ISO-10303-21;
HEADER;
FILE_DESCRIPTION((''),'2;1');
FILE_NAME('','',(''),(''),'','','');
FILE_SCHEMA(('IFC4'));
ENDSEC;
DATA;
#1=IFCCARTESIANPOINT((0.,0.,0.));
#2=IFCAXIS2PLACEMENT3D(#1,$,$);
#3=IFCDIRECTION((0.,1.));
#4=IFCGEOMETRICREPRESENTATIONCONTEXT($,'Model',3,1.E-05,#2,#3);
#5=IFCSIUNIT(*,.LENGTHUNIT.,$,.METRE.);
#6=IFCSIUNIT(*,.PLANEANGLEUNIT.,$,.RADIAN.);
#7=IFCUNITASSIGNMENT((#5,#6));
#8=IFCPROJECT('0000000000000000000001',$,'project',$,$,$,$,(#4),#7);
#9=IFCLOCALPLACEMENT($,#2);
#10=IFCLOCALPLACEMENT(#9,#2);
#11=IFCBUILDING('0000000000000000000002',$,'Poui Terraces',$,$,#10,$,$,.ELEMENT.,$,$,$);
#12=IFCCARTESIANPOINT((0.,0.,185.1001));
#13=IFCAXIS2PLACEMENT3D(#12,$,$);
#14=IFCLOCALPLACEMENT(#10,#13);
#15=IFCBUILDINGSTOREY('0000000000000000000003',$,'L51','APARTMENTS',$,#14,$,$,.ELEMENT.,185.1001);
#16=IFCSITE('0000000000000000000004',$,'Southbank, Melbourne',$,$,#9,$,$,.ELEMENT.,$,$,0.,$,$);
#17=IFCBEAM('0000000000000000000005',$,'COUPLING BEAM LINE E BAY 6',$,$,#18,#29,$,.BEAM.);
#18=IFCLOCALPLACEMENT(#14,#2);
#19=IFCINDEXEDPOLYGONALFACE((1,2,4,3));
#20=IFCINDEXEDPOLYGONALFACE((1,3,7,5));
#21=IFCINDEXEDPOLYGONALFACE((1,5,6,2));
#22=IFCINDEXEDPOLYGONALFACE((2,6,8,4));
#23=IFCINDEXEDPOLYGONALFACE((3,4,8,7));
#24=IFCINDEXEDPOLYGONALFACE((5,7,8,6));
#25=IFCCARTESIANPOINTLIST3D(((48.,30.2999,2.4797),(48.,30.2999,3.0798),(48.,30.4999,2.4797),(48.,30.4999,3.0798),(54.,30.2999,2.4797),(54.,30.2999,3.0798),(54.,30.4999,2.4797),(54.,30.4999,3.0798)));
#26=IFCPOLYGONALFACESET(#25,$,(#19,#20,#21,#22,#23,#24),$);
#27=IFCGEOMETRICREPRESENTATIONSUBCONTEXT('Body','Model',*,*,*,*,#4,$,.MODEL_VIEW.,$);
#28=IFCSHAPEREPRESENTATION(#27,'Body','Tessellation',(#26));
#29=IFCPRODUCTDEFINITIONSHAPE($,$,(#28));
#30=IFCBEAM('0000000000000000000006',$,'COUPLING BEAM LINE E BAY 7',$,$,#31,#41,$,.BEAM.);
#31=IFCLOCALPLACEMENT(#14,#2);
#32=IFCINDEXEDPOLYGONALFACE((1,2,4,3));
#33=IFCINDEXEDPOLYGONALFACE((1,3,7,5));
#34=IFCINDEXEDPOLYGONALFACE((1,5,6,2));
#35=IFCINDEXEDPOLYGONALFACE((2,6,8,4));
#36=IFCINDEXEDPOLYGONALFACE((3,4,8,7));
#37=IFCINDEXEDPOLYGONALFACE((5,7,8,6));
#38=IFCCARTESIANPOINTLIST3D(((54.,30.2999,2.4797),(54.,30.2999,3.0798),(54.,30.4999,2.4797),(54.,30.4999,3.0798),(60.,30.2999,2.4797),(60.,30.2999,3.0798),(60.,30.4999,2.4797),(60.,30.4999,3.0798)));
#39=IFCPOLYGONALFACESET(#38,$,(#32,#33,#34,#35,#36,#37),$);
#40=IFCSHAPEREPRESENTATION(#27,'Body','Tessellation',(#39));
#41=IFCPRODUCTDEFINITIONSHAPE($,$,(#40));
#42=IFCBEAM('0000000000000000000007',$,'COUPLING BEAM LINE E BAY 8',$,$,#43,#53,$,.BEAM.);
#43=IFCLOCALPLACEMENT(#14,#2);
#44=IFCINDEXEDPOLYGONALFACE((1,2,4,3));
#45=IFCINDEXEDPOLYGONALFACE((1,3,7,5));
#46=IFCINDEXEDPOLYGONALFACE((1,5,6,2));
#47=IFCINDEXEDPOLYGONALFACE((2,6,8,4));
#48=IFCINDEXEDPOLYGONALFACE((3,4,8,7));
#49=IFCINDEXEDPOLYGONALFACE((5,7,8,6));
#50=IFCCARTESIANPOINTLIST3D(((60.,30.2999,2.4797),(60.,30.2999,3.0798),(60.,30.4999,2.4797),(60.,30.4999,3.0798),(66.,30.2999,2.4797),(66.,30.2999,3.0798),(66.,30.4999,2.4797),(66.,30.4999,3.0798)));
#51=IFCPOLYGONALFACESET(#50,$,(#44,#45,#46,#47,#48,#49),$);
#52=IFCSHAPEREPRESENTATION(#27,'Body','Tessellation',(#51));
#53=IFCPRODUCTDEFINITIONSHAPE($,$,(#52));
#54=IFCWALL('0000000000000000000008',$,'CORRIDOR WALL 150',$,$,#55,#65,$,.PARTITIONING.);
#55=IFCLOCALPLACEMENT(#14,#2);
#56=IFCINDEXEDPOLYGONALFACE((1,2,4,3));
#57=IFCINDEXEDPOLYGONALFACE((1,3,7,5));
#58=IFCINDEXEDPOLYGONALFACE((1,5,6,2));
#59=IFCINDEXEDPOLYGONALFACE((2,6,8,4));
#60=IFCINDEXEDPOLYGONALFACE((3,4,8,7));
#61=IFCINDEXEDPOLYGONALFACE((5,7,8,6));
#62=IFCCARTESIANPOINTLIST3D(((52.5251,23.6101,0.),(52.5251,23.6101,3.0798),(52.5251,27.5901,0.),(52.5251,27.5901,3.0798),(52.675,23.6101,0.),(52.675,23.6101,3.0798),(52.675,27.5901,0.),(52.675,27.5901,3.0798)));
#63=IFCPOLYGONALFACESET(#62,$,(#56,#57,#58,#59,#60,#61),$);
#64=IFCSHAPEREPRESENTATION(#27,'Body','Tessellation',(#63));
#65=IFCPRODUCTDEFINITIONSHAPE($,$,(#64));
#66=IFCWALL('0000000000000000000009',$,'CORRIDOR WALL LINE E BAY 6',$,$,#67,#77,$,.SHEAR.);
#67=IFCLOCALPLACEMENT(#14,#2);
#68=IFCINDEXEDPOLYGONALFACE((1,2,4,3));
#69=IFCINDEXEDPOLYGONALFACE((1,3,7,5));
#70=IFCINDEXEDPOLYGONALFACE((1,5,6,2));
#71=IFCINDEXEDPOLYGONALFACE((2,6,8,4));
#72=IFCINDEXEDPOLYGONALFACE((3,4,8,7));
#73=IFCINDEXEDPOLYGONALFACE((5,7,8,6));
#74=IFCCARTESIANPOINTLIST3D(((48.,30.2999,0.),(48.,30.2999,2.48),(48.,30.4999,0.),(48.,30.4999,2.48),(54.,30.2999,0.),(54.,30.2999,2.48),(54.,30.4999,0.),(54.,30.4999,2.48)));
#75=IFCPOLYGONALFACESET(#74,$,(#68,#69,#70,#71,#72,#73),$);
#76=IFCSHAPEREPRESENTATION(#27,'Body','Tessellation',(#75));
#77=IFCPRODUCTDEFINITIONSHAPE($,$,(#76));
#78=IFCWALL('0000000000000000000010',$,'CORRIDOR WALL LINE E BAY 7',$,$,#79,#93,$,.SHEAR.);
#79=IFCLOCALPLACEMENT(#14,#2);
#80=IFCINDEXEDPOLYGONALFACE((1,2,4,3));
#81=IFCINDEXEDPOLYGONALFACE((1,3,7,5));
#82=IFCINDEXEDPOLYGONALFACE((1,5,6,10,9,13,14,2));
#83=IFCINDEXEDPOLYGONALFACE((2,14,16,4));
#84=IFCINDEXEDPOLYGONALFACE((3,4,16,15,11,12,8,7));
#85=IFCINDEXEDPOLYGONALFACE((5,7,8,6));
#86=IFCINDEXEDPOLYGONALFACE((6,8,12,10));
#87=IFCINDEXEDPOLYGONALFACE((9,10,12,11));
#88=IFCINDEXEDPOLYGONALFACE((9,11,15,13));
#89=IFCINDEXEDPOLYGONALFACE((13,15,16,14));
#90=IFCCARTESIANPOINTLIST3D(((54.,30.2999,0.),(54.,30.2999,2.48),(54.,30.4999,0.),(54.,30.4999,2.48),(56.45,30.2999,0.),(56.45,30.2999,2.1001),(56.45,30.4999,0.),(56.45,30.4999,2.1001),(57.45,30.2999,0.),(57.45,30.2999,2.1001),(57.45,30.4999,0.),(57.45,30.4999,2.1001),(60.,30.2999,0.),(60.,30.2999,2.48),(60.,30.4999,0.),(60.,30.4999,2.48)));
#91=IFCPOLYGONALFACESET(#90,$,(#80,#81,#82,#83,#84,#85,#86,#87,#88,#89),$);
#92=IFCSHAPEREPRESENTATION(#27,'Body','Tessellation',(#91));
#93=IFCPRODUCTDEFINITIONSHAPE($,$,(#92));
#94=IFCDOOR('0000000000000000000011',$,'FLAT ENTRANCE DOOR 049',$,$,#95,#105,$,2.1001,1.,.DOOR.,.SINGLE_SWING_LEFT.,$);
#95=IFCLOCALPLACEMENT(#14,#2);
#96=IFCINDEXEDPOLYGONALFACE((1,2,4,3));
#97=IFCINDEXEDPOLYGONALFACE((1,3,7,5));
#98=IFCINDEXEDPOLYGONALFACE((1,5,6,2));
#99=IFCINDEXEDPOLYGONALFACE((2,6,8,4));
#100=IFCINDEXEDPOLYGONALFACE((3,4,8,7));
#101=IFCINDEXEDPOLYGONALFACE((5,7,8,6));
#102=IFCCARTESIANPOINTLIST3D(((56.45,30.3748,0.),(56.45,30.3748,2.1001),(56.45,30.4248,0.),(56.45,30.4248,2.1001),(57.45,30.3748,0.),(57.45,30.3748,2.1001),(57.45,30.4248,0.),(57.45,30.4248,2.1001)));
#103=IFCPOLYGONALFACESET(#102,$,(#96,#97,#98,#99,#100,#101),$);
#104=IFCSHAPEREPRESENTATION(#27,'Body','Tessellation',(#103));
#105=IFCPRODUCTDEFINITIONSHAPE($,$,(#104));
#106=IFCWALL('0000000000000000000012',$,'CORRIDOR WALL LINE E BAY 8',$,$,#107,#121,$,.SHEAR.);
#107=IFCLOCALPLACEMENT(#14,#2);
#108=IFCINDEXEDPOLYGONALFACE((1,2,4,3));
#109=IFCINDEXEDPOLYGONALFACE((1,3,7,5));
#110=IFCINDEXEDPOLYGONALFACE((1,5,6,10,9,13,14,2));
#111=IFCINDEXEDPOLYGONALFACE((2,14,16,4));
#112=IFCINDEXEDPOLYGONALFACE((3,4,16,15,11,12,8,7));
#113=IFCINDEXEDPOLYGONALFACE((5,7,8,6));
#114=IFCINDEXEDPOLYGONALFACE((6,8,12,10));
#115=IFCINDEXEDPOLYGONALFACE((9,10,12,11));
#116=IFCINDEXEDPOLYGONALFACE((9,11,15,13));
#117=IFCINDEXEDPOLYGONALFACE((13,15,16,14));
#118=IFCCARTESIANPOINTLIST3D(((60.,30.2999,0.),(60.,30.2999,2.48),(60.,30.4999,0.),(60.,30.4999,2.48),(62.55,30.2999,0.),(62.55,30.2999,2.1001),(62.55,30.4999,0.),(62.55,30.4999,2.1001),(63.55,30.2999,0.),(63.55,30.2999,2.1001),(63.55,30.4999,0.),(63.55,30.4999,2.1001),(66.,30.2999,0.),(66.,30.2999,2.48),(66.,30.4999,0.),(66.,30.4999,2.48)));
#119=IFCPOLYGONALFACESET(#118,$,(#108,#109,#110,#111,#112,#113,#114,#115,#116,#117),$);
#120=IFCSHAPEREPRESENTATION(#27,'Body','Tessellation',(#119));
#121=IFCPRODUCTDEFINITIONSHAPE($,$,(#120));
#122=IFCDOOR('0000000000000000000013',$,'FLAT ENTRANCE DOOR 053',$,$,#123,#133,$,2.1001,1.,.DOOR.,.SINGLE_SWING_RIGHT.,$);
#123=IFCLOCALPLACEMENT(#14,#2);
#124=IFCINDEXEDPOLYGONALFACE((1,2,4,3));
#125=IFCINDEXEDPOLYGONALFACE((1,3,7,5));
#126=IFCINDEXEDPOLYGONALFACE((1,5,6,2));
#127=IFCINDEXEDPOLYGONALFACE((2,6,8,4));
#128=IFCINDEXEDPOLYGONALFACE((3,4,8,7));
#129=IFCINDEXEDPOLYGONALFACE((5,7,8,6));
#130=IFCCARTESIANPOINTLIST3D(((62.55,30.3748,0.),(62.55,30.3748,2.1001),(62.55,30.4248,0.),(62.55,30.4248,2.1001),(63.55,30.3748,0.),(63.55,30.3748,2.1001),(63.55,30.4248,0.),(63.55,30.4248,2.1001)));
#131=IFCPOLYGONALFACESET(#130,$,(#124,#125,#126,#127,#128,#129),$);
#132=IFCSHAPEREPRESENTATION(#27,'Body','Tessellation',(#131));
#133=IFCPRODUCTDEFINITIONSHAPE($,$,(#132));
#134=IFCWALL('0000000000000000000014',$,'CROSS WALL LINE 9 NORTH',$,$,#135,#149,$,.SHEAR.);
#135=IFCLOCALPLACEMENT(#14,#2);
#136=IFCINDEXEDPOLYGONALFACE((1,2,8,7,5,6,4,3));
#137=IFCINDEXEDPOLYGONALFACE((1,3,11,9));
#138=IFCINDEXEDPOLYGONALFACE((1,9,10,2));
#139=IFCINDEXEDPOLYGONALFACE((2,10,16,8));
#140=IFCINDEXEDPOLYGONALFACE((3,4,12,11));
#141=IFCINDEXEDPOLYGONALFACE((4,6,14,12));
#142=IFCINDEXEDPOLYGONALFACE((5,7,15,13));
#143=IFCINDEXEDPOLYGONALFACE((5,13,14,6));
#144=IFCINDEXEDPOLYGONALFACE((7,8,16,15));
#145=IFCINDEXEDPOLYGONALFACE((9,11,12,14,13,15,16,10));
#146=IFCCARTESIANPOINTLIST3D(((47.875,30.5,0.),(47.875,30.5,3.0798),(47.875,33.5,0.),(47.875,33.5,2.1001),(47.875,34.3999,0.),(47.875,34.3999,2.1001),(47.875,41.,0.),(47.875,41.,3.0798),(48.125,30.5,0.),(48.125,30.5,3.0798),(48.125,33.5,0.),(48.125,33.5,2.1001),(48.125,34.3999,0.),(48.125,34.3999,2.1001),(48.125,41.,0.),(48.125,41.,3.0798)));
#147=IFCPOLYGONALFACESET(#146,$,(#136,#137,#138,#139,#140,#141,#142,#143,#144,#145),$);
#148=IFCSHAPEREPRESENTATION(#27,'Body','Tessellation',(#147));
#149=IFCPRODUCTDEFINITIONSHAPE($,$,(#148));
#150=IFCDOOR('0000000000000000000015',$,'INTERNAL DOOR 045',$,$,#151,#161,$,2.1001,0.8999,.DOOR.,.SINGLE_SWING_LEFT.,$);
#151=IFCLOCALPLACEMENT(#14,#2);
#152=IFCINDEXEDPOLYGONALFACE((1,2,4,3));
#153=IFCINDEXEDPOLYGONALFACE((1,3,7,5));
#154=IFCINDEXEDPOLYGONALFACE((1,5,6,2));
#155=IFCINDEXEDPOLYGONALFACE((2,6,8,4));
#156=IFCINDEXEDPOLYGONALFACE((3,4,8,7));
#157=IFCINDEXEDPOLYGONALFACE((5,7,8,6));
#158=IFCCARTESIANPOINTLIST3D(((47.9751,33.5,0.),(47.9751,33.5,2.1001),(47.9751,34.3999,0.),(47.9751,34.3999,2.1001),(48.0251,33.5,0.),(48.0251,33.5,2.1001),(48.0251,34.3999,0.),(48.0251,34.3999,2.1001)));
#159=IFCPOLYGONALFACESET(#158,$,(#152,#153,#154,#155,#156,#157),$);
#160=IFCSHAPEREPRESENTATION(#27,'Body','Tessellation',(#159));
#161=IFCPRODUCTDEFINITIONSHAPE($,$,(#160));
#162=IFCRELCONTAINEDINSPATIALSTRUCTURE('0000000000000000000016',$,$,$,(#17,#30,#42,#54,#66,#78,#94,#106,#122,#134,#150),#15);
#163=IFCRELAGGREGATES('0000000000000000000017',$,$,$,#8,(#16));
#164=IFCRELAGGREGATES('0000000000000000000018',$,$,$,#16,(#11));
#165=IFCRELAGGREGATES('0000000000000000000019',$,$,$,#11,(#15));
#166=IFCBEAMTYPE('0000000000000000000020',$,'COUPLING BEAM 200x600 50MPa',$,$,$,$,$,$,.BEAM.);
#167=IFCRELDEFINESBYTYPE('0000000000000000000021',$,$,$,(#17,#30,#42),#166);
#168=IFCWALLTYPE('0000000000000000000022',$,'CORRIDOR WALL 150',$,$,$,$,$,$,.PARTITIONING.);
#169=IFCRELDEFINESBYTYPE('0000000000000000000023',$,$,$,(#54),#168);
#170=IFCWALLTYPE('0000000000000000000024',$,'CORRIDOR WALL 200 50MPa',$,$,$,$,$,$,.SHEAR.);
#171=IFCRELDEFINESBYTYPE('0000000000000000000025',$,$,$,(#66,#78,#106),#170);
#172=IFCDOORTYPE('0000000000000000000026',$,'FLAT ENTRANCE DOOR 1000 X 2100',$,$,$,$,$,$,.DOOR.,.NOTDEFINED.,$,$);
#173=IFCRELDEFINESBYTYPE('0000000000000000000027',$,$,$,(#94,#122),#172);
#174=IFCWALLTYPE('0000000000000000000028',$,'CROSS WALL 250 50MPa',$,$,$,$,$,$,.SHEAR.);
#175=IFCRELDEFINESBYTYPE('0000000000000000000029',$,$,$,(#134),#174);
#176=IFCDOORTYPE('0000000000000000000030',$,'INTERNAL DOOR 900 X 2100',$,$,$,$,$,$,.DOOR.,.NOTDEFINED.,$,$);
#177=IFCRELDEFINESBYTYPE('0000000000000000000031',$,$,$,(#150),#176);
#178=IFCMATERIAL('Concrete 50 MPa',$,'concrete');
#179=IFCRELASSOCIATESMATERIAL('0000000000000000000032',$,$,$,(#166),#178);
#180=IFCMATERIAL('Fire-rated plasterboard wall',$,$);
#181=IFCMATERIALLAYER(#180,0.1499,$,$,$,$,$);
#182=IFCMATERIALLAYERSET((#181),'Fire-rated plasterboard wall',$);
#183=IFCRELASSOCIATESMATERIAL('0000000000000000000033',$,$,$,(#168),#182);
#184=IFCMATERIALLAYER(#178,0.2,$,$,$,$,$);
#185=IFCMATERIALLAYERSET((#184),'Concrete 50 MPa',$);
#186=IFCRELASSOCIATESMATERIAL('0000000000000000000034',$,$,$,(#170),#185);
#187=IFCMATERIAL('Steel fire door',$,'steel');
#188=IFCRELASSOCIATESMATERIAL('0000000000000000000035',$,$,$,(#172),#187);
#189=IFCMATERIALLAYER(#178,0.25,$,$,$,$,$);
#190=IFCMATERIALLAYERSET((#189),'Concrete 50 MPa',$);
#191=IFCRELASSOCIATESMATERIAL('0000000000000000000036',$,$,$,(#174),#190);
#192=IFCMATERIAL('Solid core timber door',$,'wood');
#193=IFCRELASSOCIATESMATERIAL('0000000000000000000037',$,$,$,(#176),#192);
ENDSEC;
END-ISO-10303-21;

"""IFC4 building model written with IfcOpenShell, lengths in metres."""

from ifc_helpers import new_model, si_unit, direction, frame, frame_2d, origin, origin_2d, place, context, subcontext, project, spatial, rectangle, extrude, source, transform, mapped, material, layer, layer_set, material_profile, profile_set, type_object, element, fill, save


model = new_model("IFC4")

# Units and contexts
model_context = context("Model", 3, precision=1e-05, world=origin(), true_north=direction((0.0, 1.0)))
body_context = subcontext(model_context, "Body", "Model", "MODEL_VIEW")
ifc_project = project(units=[si_unit("LENGTHUNIT", "METRE"), si_unit("PLANEANGLEUNIT", "RADIAN")], contexts=[model_context])

# Site, building, storey
site_placement = place(None, origin())
site = spatial("IfcSite", under=ifc_project, at=site_placement, Name="Southbank, Melbourne", CompositionType="ELEMENT", RefElevation=0.0)
building_placement = place(site_placement, origin())
building = spatial("IfcBuilding", under=site, at=building_placement, Name="Poui Terraces", CompositionType="ELEMENT")
storey_placement = place(building_placement, frame((0.0, 0.0, 185.1001)))
storey = spatial("IfcBuildingStorey", under=building, at=storey_placement, Name="L51", Description="APARTMENTS", CompositionType="ELEMENT", Elevation=185.1001)

# Beams
ifc_material_1 = material(Name="Concrete 50 MPa", Category="concrete")
ifc_material_profile = material_profile(ifc_material_1, rectangle(XDim=0.2, YDim=0.6001, at=origin_2d()), Name="RC 200x600")
ifc_profile_set = profile_set([ifc_material_profile], Name="Concrete 50 MPa")
beam_type = type_object("IfcBeamType", Name="COUPLING BEAM 200x600 50MPa", PredefinedType="BEAM", material=ifc_profile_set)
shared_shape = source(origin(), body_context, "Body", "SweptSolid", [
    extrude(rectangle(XDim=0.2, YDim=0.6001, at=origin_2d()), origin(), (0.0, 0.0, 1.0), 6.0),
])
for number, where, z_axis, x_axis, name in (
    (1, (48.0, 30.3999, 2.7798), (1.0, 0.0, 0.0), (0.0, 1.0, 0.0), "COUPLING BEAM LINE E BAY 6"),
    (2, (54.0, 30.3999, 2.7798), (1.0, 0.0, 0.0), (0.0, 1.0, 0.0), "COUPLING BEAM LINE E BAY 7"),
    (3, (60.0, 30.3999, 2.7798), (1.0, 0.0, 0.0), (0.0, 1.0, 0.0), "COUPLING BEAM LINE E BAY 8"),
):
    element("IfcBeam", number, at=place(storey_placement, frame(where, z_axis=z_axis, x_axis=x_axis)), inside=storey, type_object=beam_type, Name=name, PredefinedType="BEAM", context=body_context, shape_type="MappedRepresentation", body=[
        mapped(shared_shape, transform((0.0, 0.0, 0.0))),
    ])

# Walls
ifc_material_2 = material(Name="Fire-rated plasterboard wall")
ifc_layer_1 = layer(ifc_material_2, 0.1499)
ifc_layer_set_1 = layer_set([ifc_layer_1], Name="Fire-rated plasterboard wall")
wall_type_1 = type_object("IfcWallType", Name="CORRIDOR WALL 150", PredefinedType="PARTITIONING", material=ifc_layer_set_1)
wall_1_placement = place(storey_placement, frame((52.6001, 23.6101, 0.0), z_axis=(0.0, 0.0, 1.0), x_axis=(0.0, 1.0, 0.0)))
element("IfcWall", 4, at=wall_1_placement, inside=storey, type_object=wall_type_1, Name="CORRIDOR WALL 150", PredefinedType="PARTITIONING", context=body_context, shape_type="SweptSolid", body=[
    extrude(rectangle(XDim=3.98, YDim=0.1499, at=frame_2d((1.99, 0.0))), origin(), (0.0, 0.0, 1.0), 3.0798),
])
ifc_layer_2 = layer(ifc_material_1, 0.2)
ifc_layer_set_2 = layer_set([ifc_layer_2], Name="Concrete 50 MPa")
wall_type_2 = type_object("IfcWallType", Name="CORRIDOR WALL 200 50MPa", PredefinedType="SHEAR", material=ifc_layer_set_2)
wall_2_placement = place(storey_placement, frame((48.0, 30.3999, 0.0), z_axis=(0.0, 0.0, 1.0), x_axis=(1.0, 0.0, 0.0)))
element("IfcWall", 5, at=wall_2_placement, inside=storey, type_object=wall_type_2, Name="CORRIDOR WALL LINE E BAY 6", PredefinedType="SHEAR", context=body_context, shape_type="SweptSolid", body=[
    extrude(rectangle(XDim=6.0, YDim=0.2, at=frame_2d((3.0, 0.0))), origin(), (0.0, 0.0, 1.0), 2.48),
])

# Walls, openings, doors
wall_3_placement = place(storey_placement, frame((54.0, 30.3999, 0.0), z_axis=(0.0, 0.0, 1.0), x_axis=(1.0, 0.0, 0.0)))
wall_3 = element("IfcWall", 6, at=wall_3_placement, inside=storey, type_object=wall_type_2, Name="CORRIDOR WALL LINE E BAY 7", PredefinedType="SHEAR", context=body_context, shape_type="SweptSolid", body=[
    extrude(rectangle(XDim=6.0, YDim=0.2, at=frame_2d((3.0, 0.0))), origin(), (0.0, 0.0, 1.0), 2.48),
])
opening_1_placement = place(wall_3_placement, frame((2.45, 0.0, 0.0)))
opening_1 = element("IfcOpeningElement", 7, at=opening_1_placement, cuts=wall_3, PredefinedType="OPENING", context=body_context, shape_type="SweptSolid", body=[
    extrude(rectangle(XDim=1.0, YDim=2.1001, at=frame_2d((0.5, 1.05))), frame((0.0, 0.1099, 0.0), z_axis=(0.0, -1.0, 0.0), x_axis=(1.0, 0.0, 0.0)), (0.0, 0.0, 1.0), 0.22),
])
ifc_material_3 = material(Name="Steel fire door", Category="steel")
door_type_1 = type_object("IfcDoorType", Name="FLAT ENTRANCE DOOR 1000 X 2100", OperationType="NOTDEFINED", PredefinedType="DOOR", material=ifc_material_3)
door_1_placement = place(opening_1_placement, origin())
door_1 = element("IfcDoor", 8, at=door_1_placement, inside=storey, type_object=door_type_1, Name="FLAT ENTRANCE DOOR 049", OperationType="SINGLE_SWING_LEFT", OverallHeight=2.1001, OverallWidth=1.0, PredefinedType="DOOR", context=body_context, shape_type="SweptSolid", body=[
    extrude(rectangle(XDim=1.0, YDim=2.1001, at=frame_2d((0.5, 1.05))), frame((0.0, 0.0249, 0.0), z_axis=(0.0, -1.0, 0.0), x_axis=(1.0, 0.0, 0.0)), (0.0, 0.0, 1.0), 0.05),
])
fill(opening_1, door_1)
wall_4_placement = place(storey_placement, frame((60.0, 30.3999, 0.0), z_axis=(0.0, 0.0, 1.0), x_axis=(1.0, 0.0, 0.0)))
wall_4 = element("IfcWall", 9, at=wall_4_placement, inside=storey, type_object=wall_type_2, Name="CORRIDOR WALL LINE E BAY 8", PredefinedType="SHEAR", context=body_context, shape_type="SweptSolid", body=[
    extrude(rectangle(XDim=6.0, YDim=0.2, at=frame_2d((3.0, 0.0))), origin(), (0.0, 0.0, 1.0), 2.48),
])
opening_2_placement = place(wall_4_placement, frame((2.55, 0.0, 0.0)))
opening_2 = element("IfcOpeningElement", 10, at=opening_2_placement, cuts=wall_4, PredefinedType="OPENING", context=body_context, shape_type="SweptSolid", body=[
    extrude(rectangle(XDim=1.0, YDim=2.1001, at=frame_2d((0.5, 1.05))), frame((0.0, 0.1099, 0.0), z_axis=(0.0, -1.0, 0.0), x_axis=(1.0, 0.0, 0.0)), (0.0, 0.0, 1.0), 0.22),
])
door_2_placement = place(opening_2_placement, origin())
door_2 = element("IfcDoor", 11, at=door_2_placement, inside=storey, type_object=door_type_1, Name="FLAT ENTRANCE DOOR 053", OperationType="SINGLE_SWING_RIGHT", OverallHeight=2.1001, OverallWidth=1.0, PredefinedType="DOOR", context=body_context, shape_type="SweptSolid", body=[
    extrude(rectangle(XDim=1.0, YDim=2.1001, at=frame_2d((0.5, 1.05))), frame((0.0, 0.0249, 0.0), z_axis=(0.0, -1.0, 0.0), x_axis=(1.0, 0.0, 0.0)), (0.0, 0.0, 1.0), 0.05),
])
fill(opening_2, door_2)
ifc_layer_3 = layer(ifc_material_1, 0.25)
ifc_layer_set_3 = layer_set([ifc_layer_3], Name="Concrete 50 MPa")
wall_type_3 = type_object("IfcWallType", Name="CROSS WALL 250 50MPa", PredefinedType="SHEAR", material=ifc_layer_set_3)
wall_5_placement = place(storey_placement, frame((48.0, 30.5, 0.0), z_axis=(0.0, 0.0, 1.0), x_axis=(0.0, 1.0, 0.0)))
wall_5 = element("IfcWall", 12, at=wall_5_placement, inside=storey, type_object=wall_type_3, Name="CROSS WALL LINE 9 NORTH", PredefinedType="SHEAR", context=body_context, shape_type="SweptSolid", body=[
    extrude(rectangle(XDim=10.5, YDim=0.25, at=frame_2d((5.25, 0.0))), origin(), (0.0, 0.0, 1.0), 3.0798),
])
opening_3_placement = place(wall_5_placement, frame((3.0, 0.0, 0.0)))
opening_3 = element("IfcOpeningElement", 13, at=opening_3_placement, cuts=wall_5, PredefinedType="OPENING", context=body_context, shape_type="SweptSolid", body=[
    extrude(rectangle(XDim=0.8999, YDim=2.1001, at=frame_2d((0.45, 1.05))), frame((0.0, 0.135, 0.0), z_axis=(0.0, -1.0, 0.0), x_axis=(1.0, 0.0, 0.0)), (0.0, 0.0, 1.0), 0.27),
])
ifc_material_4 = material(Name="Solid core timber door", Category="wood")
door_type_2 = type_object("IfcDoorType", Name="INTERNAL DOOR 900 X 2100", OperationType="NOTDEFINED", PredefinedType="DOOR", material=ifc_material_4)
door_3_placement = place(opening_3_placement, origin())
door_3 = element("IfcDoor", 14, at=door_3_placement, inside=storey, type_object=door_type_2, Name="INTERNAL DOOR 045", OperationType="SINGLE_SWING_LEFT", OverallHeight=2.1001, OverallWidth=0.8999, PredefinedType="DOOR", context=body_context, shape_type="SweptSolid", body=[
    extrude(rectangle(XDim=0.8999, YDim=2.1001, at=frame_2d((0.45, 1.05))), frame((0.0, 0.0249, 0.0), z_axis=(0.0, -1.0, 0.0), x_axis=(1.0, 0.0, 0.0)), (0.0, 0.0, 1.0), 0.05),
])
fill(opening_3, door_3)

save(model, "model.ifc")
